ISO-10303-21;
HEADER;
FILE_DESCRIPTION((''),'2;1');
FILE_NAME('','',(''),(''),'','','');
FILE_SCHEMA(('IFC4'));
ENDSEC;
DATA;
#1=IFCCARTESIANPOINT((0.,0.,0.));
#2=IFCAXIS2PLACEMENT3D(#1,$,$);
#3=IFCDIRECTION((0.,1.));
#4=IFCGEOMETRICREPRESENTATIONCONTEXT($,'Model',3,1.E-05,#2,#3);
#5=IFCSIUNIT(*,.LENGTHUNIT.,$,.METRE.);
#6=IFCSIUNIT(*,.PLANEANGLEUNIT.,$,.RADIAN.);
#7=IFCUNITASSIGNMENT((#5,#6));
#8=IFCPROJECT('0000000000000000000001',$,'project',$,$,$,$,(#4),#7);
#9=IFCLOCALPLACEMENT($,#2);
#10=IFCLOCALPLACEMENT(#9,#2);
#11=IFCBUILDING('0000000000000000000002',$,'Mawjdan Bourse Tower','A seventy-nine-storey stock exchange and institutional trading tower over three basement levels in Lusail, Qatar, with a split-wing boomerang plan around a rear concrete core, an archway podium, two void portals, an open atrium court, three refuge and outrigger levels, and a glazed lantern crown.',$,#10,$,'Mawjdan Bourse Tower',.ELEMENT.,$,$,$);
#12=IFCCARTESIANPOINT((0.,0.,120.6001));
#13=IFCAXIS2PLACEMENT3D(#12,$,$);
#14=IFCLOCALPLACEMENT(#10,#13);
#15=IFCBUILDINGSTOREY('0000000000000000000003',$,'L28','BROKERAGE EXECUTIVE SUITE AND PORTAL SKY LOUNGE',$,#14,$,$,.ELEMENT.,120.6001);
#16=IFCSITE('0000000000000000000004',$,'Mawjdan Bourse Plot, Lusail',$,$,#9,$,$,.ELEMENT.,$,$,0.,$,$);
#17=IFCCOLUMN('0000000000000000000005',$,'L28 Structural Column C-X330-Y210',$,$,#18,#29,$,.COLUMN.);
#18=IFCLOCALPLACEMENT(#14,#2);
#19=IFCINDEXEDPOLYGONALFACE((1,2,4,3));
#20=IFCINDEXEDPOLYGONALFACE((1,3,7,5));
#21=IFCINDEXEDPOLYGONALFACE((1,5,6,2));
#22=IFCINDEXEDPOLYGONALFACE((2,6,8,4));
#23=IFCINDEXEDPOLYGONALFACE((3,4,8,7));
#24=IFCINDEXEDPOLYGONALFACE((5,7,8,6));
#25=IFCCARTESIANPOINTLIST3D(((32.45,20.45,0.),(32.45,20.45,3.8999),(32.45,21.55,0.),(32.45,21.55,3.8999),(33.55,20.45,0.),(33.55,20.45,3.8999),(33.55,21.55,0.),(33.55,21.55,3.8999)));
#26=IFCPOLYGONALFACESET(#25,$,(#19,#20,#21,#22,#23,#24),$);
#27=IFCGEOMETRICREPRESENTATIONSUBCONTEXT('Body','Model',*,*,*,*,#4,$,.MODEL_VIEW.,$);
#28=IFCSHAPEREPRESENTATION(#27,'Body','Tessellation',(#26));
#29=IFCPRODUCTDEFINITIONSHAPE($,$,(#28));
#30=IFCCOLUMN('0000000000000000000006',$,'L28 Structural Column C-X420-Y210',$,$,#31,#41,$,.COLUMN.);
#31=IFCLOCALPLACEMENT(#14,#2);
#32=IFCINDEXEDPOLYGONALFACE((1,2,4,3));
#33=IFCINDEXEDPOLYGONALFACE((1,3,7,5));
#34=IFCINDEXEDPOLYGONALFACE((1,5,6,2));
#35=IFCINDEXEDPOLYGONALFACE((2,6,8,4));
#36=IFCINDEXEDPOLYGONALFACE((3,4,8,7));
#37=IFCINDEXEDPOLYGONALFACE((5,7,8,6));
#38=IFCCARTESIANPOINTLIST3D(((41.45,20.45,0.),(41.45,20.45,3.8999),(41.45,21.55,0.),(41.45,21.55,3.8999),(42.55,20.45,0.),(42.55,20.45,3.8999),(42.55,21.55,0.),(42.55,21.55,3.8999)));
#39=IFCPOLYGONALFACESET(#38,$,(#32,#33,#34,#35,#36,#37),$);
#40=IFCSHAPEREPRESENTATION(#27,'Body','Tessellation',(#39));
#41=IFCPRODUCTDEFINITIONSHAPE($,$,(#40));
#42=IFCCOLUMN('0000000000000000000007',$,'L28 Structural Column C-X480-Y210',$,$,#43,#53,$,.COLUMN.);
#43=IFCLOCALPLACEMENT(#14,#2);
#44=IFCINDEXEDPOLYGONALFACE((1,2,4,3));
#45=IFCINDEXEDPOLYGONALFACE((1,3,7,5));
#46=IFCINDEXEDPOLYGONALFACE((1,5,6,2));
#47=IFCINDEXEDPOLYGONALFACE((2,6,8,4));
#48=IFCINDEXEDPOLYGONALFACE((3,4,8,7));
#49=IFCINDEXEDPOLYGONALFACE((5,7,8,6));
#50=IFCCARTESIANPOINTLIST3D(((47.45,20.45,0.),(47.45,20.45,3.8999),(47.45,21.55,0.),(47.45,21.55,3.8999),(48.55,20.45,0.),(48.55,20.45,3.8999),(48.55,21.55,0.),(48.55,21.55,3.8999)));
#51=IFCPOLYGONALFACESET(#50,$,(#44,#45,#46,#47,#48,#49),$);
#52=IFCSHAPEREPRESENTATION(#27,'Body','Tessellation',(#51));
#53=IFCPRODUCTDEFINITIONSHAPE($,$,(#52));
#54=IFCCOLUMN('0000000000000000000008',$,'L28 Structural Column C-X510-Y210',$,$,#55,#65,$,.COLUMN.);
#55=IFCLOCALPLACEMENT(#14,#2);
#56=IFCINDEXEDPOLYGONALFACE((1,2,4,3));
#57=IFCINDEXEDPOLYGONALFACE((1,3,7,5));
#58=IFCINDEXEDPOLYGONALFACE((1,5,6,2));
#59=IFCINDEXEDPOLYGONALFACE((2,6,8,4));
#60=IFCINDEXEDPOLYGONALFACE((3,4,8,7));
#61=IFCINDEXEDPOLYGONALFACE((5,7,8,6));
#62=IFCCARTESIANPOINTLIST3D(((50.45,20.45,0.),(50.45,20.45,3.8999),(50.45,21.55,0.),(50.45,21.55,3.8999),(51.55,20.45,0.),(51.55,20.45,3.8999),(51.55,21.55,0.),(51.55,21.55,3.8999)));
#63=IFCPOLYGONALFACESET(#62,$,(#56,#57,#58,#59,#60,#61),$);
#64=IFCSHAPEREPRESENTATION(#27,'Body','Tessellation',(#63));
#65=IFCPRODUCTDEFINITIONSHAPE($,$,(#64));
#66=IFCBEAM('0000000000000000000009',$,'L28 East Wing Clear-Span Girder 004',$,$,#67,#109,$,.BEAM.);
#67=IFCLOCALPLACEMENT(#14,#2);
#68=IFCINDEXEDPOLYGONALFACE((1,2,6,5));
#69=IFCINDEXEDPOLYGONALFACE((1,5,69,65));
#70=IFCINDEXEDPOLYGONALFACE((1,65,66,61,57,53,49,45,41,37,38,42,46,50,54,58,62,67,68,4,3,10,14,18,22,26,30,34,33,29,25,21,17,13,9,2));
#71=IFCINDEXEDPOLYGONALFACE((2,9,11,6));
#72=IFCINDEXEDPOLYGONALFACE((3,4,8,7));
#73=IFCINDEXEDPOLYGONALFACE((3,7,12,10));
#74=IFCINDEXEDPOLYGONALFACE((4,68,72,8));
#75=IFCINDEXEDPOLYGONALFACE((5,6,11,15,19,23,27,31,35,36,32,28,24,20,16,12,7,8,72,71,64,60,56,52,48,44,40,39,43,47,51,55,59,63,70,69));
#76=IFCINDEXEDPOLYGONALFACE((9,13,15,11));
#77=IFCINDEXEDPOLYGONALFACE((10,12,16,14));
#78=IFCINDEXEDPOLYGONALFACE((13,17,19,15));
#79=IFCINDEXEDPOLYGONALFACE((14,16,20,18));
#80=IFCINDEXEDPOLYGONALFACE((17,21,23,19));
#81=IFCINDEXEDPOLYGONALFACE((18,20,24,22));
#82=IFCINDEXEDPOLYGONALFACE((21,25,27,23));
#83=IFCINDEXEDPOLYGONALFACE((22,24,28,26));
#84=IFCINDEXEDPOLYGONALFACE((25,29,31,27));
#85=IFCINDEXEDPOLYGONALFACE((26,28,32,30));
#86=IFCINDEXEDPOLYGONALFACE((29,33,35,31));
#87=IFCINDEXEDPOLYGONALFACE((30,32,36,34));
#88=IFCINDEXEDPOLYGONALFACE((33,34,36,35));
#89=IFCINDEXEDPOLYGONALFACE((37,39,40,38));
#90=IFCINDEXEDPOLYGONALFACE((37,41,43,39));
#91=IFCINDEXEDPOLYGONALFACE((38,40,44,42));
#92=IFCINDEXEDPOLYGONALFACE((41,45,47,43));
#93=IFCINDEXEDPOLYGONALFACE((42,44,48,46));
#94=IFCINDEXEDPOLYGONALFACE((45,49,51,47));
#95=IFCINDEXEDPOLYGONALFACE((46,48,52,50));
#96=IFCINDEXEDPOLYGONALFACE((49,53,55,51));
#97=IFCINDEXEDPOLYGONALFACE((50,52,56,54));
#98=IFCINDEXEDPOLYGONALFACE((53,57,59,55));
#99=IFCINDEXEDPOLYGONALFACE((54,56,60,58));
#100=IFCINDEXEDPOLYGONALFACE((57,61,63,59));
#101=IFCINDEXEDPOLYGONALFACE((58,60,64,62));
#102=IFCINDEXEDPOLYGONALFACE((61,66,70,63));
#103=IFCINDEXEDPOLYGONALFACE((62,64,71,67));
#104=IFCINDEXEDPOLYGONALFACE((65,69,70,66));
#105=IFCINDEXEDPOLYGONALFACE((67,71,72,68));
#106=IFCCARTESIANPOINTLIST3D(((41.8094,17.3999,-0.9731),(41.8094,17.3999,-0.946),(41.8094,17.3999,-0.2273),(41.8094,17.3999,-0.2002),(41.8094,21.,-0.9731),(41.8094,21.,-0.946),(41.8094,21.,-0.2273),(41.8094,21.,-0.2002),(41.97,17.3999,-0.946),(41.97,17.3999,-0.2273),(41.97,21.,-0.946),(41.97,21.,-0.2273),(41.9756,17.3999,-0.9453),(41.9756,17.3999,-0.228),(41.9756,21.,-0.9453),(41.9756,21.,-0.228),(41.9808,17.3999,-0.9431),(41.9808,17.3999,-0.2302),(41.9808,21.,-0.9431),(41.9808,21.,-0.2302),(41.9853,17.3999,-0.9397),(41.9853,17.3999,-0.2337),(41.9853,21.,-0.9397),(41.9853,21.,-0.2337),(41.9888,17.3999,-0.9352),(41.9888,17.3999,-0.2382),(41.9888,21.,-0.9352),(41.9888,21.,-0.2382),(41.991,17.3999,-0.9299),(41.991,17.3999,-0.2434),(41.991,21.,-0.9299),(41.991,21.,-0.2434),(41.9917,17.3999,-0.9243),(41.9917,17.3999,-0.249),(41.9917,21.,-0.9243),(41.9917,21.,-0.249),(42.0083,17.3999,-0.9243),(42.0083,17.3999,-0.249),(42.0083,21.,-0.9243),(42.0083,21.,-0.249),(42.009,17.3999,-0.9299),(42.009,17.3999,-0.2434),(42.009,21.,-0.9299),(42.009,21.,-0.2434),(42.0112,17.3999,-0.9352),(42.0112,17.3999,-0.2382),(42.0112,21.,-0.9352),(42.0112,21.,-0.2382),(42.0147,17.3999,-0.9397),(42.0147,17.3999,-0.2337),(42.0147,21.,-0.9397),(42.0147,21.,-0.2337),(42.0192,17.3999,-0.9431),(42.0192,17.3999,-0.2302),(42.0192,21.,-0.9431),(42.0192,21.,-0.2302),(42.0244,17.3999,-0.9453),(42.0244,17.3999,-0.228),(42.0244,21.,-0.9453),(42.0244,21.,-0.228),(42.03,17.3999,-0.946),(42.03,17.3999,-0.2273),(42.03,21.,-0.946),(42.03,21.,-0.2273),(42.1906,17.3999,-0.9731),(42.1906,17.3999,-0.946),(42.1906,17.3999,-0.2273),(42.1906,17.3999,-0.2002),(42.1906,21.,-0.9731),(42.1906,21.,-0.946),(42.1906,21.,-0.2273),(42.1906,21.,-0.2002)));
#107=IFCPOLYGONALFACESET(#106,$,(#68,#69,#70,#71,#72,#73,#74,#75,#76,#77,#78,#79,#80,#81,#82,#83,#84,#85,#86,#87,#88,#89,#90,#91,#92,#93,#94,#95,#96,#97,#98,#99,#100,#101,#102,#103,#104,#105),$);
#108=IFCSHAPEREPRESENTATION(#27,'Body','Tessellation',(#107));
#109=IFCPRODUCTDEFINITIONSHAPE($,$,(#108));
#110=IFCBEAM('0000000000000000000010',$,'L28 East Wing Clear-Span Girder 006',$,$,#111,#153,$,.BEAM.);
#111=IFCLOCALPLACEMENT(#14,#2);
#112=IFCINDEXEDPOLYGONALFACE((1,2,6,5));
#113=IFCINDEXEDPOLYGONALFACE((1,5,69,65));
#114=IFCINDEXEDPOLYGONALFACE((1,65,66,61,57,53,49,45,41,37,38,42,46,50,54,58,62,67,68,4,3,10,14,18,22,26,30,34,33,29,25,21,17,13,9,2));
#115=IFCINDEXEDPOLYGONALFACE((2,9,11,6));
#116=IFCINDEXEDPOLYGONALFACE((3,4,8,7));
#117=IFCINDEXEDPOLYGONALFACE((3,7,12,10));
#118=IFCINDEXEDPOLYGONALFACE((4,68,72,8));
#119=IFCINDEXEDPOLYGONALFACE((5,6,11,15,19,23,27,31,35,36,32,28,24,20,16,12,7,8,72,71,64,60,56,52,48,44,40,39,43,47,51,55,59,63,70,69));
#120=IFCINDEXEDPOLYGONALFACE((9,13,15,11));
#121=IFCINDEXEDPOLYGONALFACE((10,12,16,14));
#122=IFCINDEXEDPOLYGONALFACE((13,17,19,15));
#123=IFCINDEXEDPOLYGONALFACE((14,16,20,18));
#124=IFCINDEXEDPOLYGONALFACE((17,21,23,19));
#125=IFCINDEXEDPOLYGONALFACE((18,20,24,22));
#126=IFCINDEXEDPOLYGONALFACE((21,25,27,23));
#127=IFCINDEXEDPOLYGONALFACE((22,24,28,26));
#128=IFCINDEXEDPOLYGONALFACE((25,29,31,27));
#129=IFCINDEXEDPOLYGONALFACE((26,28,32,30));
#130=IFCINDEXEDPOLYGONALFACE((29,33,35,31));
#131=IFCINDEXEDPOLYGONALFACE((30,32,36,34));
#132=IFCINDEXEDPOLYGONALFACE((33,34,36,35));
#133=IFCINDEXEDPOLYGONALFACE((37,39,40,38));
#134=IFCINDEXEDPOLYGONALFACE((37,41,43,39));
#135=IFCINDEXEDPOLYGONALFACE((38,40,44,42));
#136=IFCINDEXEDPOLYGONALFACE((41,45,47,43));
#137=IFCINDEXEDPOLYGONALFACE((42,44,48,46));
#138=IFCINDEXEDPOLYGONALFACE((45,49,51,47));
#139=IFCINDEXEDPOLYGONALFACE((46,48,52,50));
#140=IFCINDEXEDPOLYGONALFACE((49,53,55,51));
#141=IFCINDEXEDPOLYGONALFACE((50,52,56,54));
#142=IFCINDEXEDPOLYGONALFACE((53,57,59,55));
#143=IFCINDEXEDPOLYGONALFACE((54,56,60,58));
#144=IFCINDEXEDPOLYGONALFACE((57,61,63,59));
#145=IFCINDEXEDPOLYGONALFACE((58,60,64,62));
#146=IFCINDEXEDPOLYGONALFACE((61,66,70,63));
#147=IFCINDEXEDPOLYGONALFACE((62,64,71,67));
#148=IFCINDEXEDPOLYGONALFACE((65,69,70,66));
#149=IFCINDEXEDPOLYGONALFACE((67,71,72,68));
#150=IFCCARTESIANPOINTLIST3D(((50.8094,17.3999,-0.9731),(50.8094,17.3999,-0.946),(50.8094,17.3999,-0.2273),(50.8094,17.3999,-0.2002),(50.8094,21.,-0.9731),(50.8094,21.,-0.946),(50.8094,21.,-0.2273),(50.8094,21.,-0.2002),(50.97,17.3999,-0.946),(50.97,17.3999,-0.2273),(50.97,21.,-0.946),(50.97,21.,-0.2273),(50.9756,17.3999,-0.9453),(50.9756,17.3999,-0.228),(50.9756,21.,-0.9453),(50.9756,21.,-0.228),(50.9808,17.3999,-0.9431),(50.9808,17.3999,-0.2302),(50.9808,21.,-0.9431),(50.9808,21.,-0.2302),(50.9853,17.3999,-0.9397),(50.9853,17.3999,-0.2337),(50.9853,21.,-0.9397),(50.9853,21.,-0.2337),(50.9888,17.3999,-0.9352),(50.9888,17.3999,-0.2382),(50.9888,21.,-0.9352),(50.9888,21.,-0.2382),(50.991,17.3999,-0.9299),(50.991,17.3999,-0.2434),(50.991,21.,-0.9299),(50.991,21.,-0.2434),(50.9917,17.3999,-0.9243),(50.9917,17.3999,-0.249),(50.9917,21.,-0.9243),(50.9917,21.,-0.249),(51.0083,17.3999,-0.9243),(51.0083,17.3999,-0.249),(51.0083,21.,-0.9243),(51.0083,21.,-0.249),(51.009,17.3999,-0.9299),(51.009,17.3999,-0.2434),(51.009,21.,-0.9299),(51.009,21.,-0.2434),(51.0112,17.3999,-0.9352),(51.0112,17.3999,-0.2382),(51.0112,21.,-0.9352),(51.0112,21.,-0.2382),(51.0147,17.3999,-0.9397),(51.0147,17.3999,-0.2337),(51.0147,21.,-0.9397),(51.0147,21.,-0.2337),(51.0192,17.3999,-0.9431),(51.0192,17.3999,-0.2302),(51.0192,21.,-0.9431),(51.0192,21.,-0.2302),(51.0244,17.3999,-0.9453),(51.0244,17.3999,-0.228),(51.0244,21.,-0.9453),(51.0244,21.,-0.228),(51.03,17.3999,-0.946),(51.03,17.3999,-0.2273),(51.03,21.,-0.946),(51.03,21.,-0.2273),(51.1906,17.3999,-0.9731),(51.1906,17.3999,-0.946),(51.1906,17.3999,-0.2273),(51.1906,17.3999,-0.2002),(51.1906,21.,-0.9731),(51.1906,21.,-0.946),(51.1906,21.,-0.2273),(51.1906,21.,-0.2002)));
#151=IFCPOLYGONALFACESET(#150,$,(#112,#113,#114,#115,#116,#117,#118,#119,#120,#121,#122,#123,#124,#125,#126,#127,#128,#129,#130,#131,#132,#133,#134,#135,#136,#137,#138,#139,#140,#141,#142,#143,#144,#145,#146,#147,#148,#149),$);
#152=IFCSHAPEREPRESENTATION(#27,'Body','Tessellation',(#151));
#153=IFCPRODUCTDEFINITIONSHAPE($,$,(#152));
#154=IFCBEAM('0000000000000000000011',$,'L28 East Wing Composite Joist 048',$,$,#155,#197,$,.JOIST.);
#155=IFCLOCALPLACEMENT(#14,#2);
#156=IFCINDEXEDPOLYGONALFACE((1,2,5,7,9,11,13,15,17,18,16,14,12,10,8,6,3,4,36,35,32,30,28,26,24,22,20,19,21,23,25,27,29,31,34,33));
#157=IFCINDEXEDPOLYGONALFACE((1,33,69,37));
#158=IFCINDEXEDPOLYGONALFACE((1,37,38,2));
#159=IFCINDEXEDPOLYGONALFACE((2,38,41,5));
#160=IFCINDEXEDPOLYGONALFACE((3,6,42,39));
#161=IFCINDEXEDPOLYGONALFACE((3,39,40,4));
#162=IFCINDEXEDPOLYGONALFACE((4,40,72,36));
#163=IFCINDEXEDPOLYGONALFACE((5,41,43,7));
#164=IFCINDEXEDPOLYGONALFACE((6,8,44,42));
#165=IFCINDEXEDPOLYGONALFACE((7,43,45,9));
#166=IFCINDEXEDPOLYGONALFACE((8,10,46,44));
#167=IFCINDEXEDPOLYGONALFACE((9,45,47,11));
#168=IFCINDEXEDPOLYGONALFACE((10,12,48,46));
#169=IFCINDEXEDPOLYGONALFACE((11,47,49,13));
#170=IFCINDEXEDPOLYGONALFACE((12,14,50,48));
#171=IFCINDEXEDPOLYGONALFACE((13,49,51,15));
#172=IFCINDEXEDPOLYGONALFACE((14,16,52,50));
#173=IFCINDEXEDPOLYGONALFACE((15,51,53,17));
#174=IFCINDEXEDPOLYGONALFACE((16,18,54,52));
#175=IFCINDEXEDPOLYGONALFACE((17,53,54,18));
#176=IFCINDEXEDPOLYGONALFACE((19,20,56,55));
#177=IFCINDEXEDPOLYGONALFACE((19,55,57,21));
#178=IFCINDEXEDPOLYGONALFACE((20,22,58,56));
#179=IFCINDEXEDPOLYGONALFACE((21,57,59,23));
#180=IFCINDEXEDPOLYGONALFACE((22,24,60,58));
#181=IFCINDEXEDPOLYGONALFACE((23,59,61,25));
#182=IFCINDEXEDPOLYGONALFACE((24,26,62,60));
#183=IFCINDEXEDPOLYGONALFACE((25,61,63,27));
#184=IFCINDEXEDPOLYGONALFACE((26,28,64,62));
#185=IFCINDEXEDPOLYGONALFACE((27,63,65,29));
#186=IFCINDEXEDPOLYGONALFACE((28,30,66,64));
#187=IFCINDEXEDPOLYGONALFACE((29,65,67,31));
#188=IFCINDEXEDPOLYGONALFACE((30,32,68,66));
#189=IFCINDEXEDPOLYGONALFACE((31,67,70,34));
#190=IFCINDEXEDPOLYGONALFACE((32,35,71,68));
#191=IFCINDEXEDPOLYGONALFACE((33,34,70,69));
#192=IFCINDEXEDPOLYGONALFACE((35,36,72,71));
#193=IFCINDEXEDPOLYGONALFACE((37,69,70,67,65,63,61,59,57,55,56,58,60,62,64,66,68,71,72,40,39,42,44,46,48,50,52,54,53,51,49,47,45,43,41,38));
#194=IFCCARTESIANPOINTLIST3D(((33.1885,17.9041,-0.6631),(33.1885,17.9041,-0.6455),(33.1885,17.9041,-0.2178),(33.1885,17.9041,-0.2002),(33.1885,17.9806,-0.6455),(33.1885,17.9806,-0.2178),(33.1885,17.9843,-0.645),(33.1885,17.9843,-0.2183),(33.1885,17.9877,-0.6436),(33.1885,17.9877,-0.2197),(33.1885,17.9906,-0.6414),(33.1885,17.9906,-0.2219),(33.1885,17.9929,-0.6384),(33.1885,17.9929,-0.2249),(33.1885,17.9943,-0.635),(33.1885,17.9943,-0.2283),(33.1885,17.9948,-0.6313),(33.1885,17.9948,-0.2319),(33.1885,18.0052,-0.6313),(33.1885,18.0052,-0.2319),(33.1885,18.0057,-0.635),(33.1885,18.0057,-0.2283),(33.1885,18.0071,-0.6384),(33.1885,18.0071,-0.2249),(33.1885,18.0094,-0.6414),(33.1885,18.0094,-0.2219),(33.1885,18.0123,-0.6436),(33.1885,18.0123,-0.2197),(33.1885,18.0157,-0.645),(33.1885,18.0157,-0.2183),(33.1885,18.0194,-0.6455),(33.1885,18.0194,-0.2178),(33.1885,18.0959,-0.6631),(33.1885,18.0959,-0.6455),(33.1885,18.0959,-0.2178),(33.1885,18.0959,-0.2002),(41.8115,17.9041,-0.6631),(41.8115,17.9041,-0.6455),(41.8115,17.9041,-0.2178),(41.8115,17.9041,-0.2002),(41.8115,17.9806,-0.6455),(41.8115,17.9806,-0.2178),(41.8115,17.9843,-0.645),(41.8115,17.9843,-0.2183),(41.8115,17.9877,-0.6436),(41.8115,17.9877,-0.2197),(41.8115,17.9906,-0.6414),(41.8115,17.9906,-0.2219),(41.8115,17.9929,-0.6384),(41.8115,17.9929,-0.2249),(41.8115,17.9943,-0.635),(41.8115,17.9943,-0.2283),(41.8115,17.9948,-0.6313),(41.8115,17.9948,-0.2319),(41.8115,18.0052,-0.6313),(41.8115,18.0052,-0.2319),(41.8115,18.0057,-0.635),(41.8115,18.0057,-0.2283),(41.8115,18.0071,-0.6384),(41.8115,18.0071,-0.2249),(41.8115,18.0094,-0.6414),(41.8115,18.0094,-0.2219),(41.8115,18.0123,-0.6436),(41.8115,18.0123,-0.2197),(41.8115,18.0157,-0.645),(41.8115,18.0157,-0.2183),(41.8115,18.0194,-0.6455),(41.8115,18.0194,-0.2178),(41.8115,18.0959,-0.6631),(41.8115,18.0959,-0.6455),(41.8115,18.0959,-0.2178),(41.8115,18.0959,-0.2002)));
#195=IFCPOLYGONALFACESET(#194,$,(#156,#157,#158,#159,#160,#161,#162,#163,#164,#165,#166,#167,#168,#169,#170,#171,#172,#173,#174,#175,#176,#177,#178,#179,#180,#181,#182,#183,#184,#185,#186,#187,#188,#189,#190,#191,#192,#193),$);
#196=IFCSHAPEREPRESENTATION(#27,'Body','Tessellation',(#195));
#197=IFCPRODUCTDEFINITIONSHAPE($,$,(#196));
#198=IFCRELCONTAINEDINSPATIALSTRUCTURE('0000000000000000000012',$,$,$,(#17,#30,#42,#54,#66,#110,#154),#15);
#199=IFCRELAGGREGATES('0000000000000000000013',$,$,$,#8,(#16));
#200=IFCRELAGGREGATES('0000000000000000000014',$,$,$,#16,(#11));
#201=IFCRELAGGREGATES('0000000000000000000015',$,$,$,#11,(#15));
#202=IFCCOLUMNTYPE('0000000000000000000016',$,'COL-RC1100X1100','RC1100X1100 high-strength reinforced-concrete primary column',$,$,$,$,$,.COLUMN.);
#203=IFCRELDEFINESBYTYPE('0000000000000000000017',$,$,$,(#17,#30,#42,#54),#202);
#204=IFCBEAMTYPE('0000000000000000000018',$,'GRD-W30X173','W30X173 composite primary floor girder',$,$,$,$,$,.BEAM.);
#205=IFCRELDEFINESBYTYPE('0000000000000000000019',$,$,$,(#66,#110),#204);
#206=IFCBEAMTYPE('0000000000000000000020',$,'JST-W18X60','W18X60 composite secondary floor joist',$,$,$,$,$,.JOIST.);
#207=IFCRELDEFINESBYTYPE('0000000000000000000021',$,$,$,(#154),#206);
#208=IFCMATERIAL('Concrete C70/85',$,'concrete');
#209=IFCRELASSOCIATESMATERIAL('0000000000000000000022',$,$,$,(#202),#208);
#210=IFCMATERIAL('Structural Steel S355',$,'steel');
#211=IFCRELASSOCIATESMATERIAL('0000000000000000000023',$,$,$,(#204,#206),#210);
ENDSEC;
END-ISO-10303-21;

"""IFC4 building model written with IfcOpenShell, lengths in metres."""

from ifc_helpers import new_model, si_unit, direction, frame, origin, origin_2d, place, context, subcontext, project, spatial, rectangle, i_section, extrude, material, material_profile, profile_set, type_object, element, save


model = new_model("IFC4")

# Units and contexts
model_context = context("Model", 3, precision=1e-05, world=origin(), true_north=direction((0.0, 1.0)))
body_context = subcontext(model_context, "Body", "Model", "MODEL_VIEW")
ifc_project = project(units=[si_unit("LENGTHUNIT", "METRE"), si_unit("PLANEANGLEUNIT", "RADIAN")], contexts=[model_context])

# Site, building, storey
site_placement = place(None, origin())
site = spatial("IfcSite", under=ifc_project, at=site_placement, Name="Mawjdan Bourse Plot, Lusail", CompositionType="ELEMENT", RefElevation=0.0)
building_placement = place(site_placement, origin())
building = spatial("IfcBuilding", under=site, at=building_placement, Name="Mawjdan Bourse Tower", Description="A seventy-nine-storey stock exchange and institutional trading tower over three basement levels in Lusail, Qatar, with a split-wing boomerang plan around a rear concrete core, an archway podium, two void portals, an open atrium court, three refuge and outrigger levels, and a glazed lantern crown.", LongName="Mawjdan Bourse Tower", CompositionType="ELEMENT")
storey_placement = place(building_placement, frame((0.0, 0.0, 120.6001)))
storey = spatial("IfcBuildingStorey", under=building, at=storey_placement, Name="L28", Description="BROKERAGE EXECUTIVE SUITE AND PORTAL SKY LOUNGE", CompositionType="ELEMENT", Elevation=120.6001)

# Columns
ifc_material_1 = material(Name="Concrete C70/85", Category="concrete")
ifc_material_profile_1 = material_profile(ifc_material_1, rectangle(XDim=1.1001, YDim=1.1001, at=origin_2d()), Name="RC1100X1100")
ifc_profile_set_1 = profile_set([ifc_material_profile_1], Name="Concrete C70/85")
column_type = type_object("IfcColumnType", Name="COL-RC1100X1100", Description="RC1100X1100 high-strength reinforced-concrete primary column", PredefinedType="COLUMN", material=ifc_profile_set_1)
for number, where, z_axis, x_axis, name in (
    (1, (33.0, 21.0, 0.0), (0.0, 0.0, 1.0), (1.0, 0.0, 0.0), "L28 Structural Column C-X330-Y210"),
    (2, (42.0, 21.0, 0.0), (0.0, 0.0, 1.0), (1.0, 0.0, 0.0), "L28 Structural Column C-X420-Y210"),
    (3, (48.0, 21.0, 0.0), (0.0, 0.0, 1.0), (1.0, 0.0, 0.0), "L28 Structural Column C-X480-Y210"),
    (4, (51.0, 21.0, 0.0), (0.0, 0.0, 1.0), (1.0, 0.0, 0.0), "L28 Structural Column C-X510-Y210"),
):
    element("IfcColumn", number, at=place(storey_placement, frame(where, z_axis=z_axis, x_axis=x_axis)), inside=storey, type_object=column_type, Name=name, PredefinedType="COLUMN", context=body_context, shape_type="SweptSolid", body=[
        extrude(rectangle(XDim=1.1001, YDim=1.1001, at=origin_2d()), origin(), (0.0, 0.0, 1.0), 3.8999),
    ])

# Beams
ifc_material_2 = material(Name="Structural Steel S355", Category="steel")
ifc_material_profile_2 = material_profile(ifc_material_2, i_section(OverallWidth=0.3811, OverallDepth=0.7729, WebThickness=0.0166, FlangeThickness=0.0271, FilletRadius=0.0217, at=origin_2d()), Name="W30X173")
ifc_profile_set_2 = profile_set([ifc_material_profile_2], Name="Structural Steel S355")
beam_type_1 = type_object("IfcBeamType", Name="GRD-W30X173", Description="W30X173 composite primary floor girder", PredefinedType="BEAM", material=ifc_profile_set_2)
for number, where, z_axis, x_axis, name in (
    (5, (42.0, 17.3999, -0.5867), (0.0, 1.0, 0.0), (-1.0, 0.0, 0.0), "L28 East Wing Clear-Span Girder 004"),
    (6, (51.0, 17.3999, -0.5867), (0.0, 1.0, 0.0), (-1.0, 0.0, 0.0), "L28 East Wing Clear-Span Girder 006"),
):
    element("IfcBeam", number, at=place(storey_placement, frame(where, z_axis=z_axis, x_axis=x_axis)), inside=storey, type_object=beam_type_1, Name=name, PredefinedType="BEAM", context=body_context, shape_type="SweptSolid", body=[
        extrude(i_section(OverallWidth=0.3811, OverallDepth=0.7729, WebThickness=0.0166, FlangeThickness=0.0271, FilletRadius=0.0217, at=origin_2d()), origin(), (0.0, 0.0, 1.0), 3.6001),
    ])
ifc_material_profile_3 = material_profile(ifc_material_2, i_section(OverallWidth=0.1919, OverallDepth=0.4629, WebThickness=0.0105, FlangeThickness=0.0176, FilletRadius=0.0142, at=origin_2d()), Name="W18X60")
ifc_profile_set_3 = profile_set([ifc_material_profile_3], Name="Structural Steel S355")
beam_type_2 = type_object("IfcBeamType", Name="JST-W18X60", Description="W18X60 composite secondary floor joist", PredefinedType="JOIST", material=ifc_profile_set_3)
for number, where, z_axis, x_axis, name in (
    (7, (33.1885, 18.0, -0.4316), (1.0, 0.0, 0.0), (0.0, 1.0, 0.0), "L28 East Wing Composite Joist 048"),
):
    element("IfcBeam", number, at=place(storey_placement, frame(where, z_axis=z_axis, x_axis=x_axis)), inside=storey, type_object=beam_type_2, Name=name, PredefinedType="JOIST", context=body_context, shape_type="SweptSolid", body=[
        extrude(i_section(OverallWidth=0.1919, OverallDepth=0.4629, WebThickness=0.0105, FlangeThickness=0.0176, FilletRadius=0.0142, at=origin_2d()), origin(), (0.0, 0.0, 1.0), 8.623),
    ])

save(model, "model.ifc")
